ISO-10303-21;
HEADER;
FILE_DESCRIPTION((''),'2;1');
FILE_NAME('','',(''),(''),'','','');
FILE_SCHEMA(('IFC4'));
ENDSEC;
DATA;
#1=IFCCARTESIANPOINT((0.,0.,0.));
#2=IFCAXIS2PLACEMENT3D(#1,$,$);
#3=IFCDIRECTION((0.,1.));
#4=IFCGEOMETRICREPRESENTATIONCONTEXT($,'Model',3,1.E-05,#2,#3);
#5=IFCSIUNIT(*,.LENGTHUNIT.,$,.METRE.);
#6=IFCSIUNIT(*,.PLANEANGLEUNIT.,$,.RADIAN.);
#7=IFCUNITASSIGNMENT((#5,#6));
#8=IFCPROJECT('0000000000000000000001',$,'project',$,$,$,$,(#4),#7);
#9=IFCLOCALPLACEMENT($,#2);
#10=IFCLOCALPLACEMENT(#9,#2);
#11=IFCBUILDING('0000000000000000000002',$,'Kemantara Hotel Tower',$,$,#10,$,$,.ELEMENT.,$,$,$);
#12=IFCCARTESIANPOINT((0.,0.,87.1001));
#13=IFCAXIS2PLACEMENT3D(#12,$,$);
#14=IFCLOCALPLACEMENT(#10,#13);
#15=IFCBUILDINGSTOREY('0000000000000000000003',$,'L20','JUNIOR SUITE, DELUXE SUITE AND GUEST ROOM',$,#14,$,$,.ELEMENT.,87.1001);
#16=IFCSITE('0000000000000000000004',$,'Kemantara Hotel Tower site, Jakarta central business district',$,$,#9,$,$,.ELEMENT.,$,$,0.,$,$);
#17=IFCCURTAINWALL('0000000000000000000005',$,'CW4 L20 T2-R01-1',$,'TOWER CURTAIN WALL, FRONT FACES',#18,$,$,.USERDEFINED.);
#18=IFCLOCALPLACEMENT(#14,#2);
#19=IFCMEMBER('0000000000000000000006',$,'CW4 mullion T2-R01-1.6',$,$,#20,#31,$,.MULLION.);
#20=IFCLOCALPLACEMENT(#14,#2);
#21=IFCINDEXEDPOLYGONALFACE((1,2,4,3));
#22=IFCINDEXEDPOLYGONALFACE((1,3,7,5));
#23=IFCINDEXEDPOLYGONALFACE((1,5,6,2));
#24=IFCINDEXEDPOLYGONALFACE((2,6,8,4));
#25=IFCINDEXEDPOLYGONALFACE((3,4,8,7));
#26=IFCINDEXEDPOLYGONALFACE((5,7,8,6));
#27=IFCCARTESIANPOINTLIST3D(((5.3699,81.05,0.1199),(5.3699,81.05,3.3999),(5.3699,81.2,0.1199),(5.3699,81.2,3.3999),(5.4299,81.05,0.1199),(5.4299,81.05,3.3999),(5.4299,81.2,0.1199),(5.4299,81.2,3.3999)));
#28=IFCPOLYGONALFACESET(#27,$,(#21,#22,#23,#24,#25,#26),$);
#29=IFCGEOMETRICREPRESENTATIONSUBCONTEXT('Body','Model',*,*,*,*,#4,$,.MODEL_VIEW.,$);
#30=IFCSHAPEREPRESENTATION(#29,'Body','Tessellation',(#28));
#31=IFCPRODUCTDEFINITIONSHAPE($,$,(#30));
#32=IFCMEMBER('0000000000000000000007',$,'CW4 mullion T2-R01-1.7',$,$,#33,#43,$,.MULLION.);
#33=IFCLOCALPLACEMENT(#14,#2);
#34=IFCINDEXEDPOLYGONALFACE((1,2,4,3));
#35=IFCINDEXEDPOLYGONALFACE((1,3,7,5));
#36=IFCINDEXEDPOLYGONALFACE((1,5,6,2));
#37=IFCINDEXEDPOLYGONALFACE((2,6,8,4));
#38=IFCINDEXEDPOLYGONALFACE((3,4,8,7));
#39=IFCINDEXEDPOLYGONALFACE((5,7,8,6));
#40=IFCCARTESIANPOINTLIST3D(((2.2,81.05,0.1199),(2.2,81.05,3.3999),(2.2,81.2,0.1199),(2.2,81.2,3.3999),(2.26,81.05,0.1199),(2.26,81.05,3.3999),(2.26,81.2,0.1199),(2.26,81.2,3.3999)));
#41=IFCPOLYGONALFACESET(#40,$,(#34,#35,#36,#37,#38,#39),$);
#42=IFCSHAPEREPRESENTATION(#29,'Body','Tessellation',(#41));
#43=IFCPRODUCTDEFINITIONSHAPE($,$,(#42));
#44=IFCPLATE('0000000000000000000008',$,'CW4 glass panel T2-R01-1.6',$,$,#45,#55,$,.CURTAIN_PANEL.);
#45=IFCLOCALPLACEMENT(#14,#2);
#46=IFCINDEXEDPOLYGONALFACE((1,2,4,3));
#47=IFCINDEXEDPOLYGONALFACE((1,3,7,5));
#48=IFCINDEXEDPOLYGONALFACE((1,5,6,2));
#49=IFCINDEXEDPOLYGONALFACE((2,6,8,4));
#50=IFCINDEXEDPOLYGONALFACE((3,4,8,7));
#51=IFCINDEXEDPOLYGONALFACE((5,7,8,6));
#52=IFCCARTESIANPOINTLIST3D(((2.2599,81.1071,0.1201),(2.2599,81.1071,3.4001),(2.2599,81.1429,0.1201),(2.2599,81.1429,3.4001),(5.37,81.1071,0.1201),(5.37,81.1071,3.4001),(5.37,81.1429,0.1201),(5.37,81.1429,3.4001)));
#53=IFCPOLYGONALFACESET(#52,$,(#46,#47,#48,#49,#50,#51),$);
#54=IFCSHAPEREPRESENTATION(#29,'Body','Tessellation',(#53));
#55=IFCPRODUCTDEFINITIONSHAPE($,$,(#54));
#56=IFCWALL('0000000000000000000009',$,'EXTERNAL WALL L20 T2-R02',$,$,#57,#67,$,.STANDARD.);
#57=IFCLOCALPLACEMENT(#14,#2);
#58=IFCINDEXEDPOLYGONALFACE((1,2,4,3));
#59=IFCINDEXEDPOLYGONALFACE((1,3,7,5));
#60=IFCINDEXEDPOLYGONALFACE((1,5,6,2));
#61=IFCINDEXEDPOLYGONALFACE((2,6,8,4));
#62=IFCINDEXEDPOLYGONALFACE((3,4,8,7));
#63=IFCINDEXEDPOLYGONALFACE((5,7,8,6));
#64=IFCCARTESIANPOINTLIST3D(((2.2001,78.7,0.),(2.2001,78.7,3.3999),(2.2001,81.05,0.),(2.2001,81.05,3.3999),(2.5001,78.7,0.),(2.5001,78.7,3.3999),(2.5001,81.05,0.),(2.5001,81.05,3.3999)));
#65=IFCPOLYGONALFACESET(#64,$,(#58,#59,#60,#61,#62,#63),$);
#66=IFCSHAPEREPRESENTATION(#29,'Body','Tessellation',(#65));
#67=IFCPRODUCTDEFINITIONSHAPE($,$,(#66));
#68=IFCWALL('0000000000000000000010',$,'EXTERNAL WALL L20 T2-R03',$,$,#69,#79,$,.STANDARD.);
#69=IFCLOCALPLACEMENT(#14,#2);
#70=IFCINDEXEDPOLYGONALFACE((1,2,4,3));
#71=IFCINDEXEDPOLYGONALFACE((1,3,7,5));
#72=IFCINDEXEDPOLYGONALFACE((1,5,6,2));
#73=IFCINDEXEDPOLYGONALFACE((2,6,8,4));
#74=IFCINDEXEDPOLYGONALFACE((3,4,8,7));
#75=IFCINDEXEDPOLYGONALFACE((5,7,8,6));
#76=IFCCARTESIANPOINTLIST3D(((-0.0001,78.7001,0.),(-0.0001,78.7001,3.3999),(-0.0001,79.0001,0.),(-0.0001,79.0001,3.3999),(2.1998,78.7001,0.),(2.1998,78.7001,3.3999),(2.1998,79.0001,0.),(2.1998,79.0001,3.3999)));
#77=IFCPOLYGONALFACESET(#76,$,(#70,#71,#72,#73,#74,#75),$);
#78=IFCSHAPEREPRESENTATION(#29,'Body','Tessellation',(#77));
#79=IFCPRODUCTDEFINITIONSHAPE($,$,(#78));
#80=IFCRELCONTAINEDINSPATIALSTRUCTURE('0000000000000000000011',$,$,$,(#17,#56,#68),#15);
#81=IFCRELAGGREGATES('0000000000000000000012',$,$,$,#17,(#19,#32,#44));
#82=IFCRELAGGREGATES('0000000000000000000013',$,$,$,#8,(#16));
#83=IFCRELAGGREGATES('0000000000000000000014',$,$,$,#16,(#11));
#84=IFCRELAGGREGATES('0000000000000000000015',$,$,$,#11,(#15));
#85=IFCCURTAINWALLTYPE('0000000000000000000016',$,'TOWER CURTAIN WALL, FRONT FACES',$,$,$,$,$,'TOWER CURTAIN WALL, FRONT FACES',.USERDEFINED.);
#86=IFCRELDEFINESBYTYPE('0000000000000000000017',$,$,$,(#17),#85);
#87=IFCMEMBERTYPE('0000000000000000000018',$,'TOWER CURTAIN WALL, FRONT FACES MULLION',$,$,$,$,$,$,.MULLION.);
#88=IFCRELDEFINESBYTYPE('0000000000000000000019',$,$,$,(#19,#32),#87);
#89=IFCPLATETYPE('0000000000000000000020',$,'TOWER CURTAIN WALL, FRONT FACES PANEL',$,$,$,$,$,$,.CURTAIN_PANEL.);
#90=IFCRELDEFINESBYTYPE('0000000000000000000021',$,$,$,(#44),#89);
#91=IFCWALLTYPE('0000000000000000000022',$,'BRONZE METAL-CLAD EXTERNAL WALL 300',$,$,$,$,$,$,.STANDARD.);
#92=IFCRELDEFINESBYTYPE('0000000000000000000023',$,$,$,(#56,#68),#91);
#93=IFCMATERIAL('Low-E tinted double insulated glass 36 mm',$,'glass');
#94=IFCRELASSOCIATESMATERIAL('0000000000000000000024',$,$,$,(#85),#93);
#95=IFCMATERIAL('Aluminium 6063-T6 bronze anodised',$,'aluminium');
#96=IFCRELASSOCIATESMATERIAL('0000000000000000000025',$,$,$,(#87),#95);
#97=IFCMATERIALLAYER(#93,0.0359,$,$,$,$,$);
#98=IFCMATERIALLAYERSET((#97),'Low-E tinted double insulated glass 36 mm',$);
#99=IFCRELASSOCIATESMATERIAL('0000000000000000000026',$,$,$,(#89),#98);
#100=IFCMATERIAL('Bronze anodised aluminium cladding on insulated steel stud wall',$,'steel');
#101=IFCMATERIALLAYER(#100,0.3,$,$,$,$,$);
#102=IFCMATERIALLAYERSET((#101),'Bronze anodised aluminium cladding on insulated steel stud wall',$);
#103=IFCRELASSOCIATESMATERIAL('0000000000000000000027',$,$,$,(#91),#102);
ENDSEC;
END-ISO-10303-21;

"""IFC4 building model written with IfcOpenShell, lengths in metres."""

from ifc_helpers import new_model, si_unit, direction, frame, frame_2d, origin, origin_2d, place, context, subcontext, project, spatial, rectangle, extrude, source, transform, mapped, material, layer, layer_set, material_profile, profile_set, type_object, element, aggregate, save


model = new_model("IFC4")

# Units and contexts
model_context = context("Model", 3, precision=1e-05, world=origin(), true_north=direction((0.0, 1.0)))
body_context = subcontext(model_context, "Body", "Model", "MODEL_VIEW")
ifc_project = project(units=[si_unit("LENGTHUNIT", "METRE"), si_unit("PLANEANGLEUNIT", "RADIAN")], contexts=[model_context])

# Site, building, storey
site_placement = place(None, origin())
site = spatial("IfcSite", under=ifc_project, at=site_placement, Name="Kemantara Hotel Tower site, Jakarta central business district", CompositionType="ELEMENT", RefElevation=0.0)
building_placement = place(site_placement, origin())
building = spatial("IfcBuilding", under=site, at=building_placement, Name="Kemantara Hotel Tower", CompositionType="ELEMENT")
storey_placement = place(building_placement, frame((0.0, 0.0, 87.1001)))
storey = spatial("IfcBuildingStorey", under=building, at=storey_placement, Name="L20", Description="JUNIOR SUITE, DELUXE SUITE AND GUEST ROOM", CompositionType="ELEMENT", Elevation=87.1001)

# Curtain wall, members, plate
ifc_material_1 = material(Name="Low-E tinted double insulated glass 36 mm", Category="glass")
curtain_wall_type = type_object("IfcCurtainWallType", Name="TOWER CURTAIN WALL, FRONT FACES", ElementType="TOWER CURTAIN WALL, FRONT FACES", PredefinedType="USERDEFINED", material=ifc_material_1)
curtain_wall_placement = place(storey_placement, origin())
curtain_wall = element("IfcCurtainWall", 1, at=curtain_wall_placement, inside=storey, type_object=curtain_wall_type, Name="CW4 L20 T2-R01-1", ObjectType="TOWER CURTAIN WALL, FRONT FACES", PredefinedType="USERDEFINED")
ifc_material_2 = material(Name="Aluminium 6063-T6 bronze anodised", Category="aluminium")
ifc_material_profile = material_profile(ifc_material_2, rectangle(XDim=0.1499, YDim=0.0601, at=origin_2d()), Name="TOWER CURTAIN WALL, FRONT FACES MULLION")
ifc_profile_set = profile_set([ifc_material_profile], Name="Aluminium 6063-T6 bronze anodised")
member_type = type_object("IfcMemberType", Name="TOWER CURTAIN WALL, FRONT FACES MULLION", PredefinedType="MULLION", material=ifc_profile_set)
shared_shape_1 = source(origin(), body_context, "Body", "SweptSolid", [
    extrude(rectangle(XDim=0.1499, YDim=0.0601, at=origin_2d()), origin(), (0.0, 0.0, 1.0), 3.28),
])
member_1_placement = place(storey_placement, frame((5.3999, 81.125, 0.1199), z_axis=(0.0, 0.0, 1.0), x_axis=(0.0, -1.0, 0.0)))
member_1 = element("IfcMember", 2, at=member_1_placement, type_object=member_type, Name="CW4 mullion T2-R01-1.6", PredefinedType="MULLION", context=body_context, shape_type="MappedRepresentation", body=[
    mapped(shared_shape_1, transform((0.0, 0.0, 0.0))),
])
member_2_placement = place(storey_placement, frame((2.23, 81.125, 0.1199), z_axis=(0.0, 0.0, 1.0), x_axis=(0.0, -1.0, 0.0)))
member_2 = element("IfcMember", 3, at=member_2_placement, type_object=member_type, Name="CW4 mullion T2-R01-1.7", PredefinedType="MULLION", context=body_context, shape_type="MappedRepresentation", body=[
    mapped(shared_shape_1, transform((0.0, 0.0, 0.0))),
])
ifc_layer_1 = layer(ifc_material_1, 0.0359)
ifc_layer_set_1 = layer_set([ifc_layer_1], Name="Low-E tinted double insulated glass 36 mm")
plate_type = type_object("IfcPlateType", Name="TOWER CURTAIN WALL, FRONT FACES PANEL", PredefinedType="CURTAIN_PANEL", material=ifc_layer_set_1)
shared_shape_2 = source(origin(), body_context, "Body", "SweptSolid", [
    extrude(rectangle(XDim=3.1101, YDim=0.0359, at=origin_2d()), origin(), (0.0, 0.0, 1.0), 3.28),
])
plate_placement = place(storey_placement, frame((3.8149, 81.125, 0.1201), z_axis=(0.0, 0.0, 1.0), x_axis=(-1.0, 0.0, 0.0)))
plate = element("IfcPlate", 4, at=plate_placement, type_object=plate_type, Name="CW4 glass panel T2-R01-1.6", PredefinedType="CURTAIN_PANEL", context=body_context, shape_type="MappedRepresentation", body=[
    mapped(shared_shape_2, transform((0.0, 0.0, 0.0))),
])
aggregate(curtain_wall, [member_1, member_2, plate])

# Walls
ifc_material_3 = material(Name="Bronze anodised aluminium cladding on insulated steel stud wall", Category="steel")
ifc_layer_2 = layer(ifc_material_3, 0.3)
ifc_layer_set_2 = layer_set([ifc_layer_2], Name="Bronze anodised aluminium cladding on insulated steel stud wall")
wall_type = type_object("IfcWallType", Name="BRONZE METAL-CLAD EXTERNAL WALL 300", PredefinedType="STANDARD", material=ifc_layer_set_2)
wall_1_placement = place(storey_placement, frame((2.3501, 81.05, 0.0), z_axis=(0.0, 0.0, 1.0), x_axis=(0.0, -1.0, 0.0)))
element("IfcWall", 5, at=wall_1_placement, inside=storey, type_object=wall_type, Name="EXTERNAL WALL L20 T2-R02", PredefinedType="STANDARD", context=body_context, shape_type="SweptSolid", body=[
    extrude(rectangle(XDim=2.3501, YDim=0.3, at=frame_2d((1.175, 0.0))), origin(), (0.0, 0.0, 1.0), 3.3999),
])
wall_2_placement = place(storey_placement, frame((2.2, 78.8501, 0.0), z_axis=(0.0, 0.0, 1.0), x_axis=(-1.0, 0.0, 0.0)))
element("IfcWall", 6, at=wall_2_placement, inside=storey, type_object=wall_type, Name="EXTERNAL WALL L20 T2-R03", PredefinedType="STANDARD", context=body_context, shape_type="SweptSolid", body=[
    extrude(rectangle(XDim=2.2, YDim=0.3, at=frame_2d((1.1001, 0.0))), origin(), (0.0, 0.0, 1.0), 3.3999),
])

save(model, "model.ifc")
